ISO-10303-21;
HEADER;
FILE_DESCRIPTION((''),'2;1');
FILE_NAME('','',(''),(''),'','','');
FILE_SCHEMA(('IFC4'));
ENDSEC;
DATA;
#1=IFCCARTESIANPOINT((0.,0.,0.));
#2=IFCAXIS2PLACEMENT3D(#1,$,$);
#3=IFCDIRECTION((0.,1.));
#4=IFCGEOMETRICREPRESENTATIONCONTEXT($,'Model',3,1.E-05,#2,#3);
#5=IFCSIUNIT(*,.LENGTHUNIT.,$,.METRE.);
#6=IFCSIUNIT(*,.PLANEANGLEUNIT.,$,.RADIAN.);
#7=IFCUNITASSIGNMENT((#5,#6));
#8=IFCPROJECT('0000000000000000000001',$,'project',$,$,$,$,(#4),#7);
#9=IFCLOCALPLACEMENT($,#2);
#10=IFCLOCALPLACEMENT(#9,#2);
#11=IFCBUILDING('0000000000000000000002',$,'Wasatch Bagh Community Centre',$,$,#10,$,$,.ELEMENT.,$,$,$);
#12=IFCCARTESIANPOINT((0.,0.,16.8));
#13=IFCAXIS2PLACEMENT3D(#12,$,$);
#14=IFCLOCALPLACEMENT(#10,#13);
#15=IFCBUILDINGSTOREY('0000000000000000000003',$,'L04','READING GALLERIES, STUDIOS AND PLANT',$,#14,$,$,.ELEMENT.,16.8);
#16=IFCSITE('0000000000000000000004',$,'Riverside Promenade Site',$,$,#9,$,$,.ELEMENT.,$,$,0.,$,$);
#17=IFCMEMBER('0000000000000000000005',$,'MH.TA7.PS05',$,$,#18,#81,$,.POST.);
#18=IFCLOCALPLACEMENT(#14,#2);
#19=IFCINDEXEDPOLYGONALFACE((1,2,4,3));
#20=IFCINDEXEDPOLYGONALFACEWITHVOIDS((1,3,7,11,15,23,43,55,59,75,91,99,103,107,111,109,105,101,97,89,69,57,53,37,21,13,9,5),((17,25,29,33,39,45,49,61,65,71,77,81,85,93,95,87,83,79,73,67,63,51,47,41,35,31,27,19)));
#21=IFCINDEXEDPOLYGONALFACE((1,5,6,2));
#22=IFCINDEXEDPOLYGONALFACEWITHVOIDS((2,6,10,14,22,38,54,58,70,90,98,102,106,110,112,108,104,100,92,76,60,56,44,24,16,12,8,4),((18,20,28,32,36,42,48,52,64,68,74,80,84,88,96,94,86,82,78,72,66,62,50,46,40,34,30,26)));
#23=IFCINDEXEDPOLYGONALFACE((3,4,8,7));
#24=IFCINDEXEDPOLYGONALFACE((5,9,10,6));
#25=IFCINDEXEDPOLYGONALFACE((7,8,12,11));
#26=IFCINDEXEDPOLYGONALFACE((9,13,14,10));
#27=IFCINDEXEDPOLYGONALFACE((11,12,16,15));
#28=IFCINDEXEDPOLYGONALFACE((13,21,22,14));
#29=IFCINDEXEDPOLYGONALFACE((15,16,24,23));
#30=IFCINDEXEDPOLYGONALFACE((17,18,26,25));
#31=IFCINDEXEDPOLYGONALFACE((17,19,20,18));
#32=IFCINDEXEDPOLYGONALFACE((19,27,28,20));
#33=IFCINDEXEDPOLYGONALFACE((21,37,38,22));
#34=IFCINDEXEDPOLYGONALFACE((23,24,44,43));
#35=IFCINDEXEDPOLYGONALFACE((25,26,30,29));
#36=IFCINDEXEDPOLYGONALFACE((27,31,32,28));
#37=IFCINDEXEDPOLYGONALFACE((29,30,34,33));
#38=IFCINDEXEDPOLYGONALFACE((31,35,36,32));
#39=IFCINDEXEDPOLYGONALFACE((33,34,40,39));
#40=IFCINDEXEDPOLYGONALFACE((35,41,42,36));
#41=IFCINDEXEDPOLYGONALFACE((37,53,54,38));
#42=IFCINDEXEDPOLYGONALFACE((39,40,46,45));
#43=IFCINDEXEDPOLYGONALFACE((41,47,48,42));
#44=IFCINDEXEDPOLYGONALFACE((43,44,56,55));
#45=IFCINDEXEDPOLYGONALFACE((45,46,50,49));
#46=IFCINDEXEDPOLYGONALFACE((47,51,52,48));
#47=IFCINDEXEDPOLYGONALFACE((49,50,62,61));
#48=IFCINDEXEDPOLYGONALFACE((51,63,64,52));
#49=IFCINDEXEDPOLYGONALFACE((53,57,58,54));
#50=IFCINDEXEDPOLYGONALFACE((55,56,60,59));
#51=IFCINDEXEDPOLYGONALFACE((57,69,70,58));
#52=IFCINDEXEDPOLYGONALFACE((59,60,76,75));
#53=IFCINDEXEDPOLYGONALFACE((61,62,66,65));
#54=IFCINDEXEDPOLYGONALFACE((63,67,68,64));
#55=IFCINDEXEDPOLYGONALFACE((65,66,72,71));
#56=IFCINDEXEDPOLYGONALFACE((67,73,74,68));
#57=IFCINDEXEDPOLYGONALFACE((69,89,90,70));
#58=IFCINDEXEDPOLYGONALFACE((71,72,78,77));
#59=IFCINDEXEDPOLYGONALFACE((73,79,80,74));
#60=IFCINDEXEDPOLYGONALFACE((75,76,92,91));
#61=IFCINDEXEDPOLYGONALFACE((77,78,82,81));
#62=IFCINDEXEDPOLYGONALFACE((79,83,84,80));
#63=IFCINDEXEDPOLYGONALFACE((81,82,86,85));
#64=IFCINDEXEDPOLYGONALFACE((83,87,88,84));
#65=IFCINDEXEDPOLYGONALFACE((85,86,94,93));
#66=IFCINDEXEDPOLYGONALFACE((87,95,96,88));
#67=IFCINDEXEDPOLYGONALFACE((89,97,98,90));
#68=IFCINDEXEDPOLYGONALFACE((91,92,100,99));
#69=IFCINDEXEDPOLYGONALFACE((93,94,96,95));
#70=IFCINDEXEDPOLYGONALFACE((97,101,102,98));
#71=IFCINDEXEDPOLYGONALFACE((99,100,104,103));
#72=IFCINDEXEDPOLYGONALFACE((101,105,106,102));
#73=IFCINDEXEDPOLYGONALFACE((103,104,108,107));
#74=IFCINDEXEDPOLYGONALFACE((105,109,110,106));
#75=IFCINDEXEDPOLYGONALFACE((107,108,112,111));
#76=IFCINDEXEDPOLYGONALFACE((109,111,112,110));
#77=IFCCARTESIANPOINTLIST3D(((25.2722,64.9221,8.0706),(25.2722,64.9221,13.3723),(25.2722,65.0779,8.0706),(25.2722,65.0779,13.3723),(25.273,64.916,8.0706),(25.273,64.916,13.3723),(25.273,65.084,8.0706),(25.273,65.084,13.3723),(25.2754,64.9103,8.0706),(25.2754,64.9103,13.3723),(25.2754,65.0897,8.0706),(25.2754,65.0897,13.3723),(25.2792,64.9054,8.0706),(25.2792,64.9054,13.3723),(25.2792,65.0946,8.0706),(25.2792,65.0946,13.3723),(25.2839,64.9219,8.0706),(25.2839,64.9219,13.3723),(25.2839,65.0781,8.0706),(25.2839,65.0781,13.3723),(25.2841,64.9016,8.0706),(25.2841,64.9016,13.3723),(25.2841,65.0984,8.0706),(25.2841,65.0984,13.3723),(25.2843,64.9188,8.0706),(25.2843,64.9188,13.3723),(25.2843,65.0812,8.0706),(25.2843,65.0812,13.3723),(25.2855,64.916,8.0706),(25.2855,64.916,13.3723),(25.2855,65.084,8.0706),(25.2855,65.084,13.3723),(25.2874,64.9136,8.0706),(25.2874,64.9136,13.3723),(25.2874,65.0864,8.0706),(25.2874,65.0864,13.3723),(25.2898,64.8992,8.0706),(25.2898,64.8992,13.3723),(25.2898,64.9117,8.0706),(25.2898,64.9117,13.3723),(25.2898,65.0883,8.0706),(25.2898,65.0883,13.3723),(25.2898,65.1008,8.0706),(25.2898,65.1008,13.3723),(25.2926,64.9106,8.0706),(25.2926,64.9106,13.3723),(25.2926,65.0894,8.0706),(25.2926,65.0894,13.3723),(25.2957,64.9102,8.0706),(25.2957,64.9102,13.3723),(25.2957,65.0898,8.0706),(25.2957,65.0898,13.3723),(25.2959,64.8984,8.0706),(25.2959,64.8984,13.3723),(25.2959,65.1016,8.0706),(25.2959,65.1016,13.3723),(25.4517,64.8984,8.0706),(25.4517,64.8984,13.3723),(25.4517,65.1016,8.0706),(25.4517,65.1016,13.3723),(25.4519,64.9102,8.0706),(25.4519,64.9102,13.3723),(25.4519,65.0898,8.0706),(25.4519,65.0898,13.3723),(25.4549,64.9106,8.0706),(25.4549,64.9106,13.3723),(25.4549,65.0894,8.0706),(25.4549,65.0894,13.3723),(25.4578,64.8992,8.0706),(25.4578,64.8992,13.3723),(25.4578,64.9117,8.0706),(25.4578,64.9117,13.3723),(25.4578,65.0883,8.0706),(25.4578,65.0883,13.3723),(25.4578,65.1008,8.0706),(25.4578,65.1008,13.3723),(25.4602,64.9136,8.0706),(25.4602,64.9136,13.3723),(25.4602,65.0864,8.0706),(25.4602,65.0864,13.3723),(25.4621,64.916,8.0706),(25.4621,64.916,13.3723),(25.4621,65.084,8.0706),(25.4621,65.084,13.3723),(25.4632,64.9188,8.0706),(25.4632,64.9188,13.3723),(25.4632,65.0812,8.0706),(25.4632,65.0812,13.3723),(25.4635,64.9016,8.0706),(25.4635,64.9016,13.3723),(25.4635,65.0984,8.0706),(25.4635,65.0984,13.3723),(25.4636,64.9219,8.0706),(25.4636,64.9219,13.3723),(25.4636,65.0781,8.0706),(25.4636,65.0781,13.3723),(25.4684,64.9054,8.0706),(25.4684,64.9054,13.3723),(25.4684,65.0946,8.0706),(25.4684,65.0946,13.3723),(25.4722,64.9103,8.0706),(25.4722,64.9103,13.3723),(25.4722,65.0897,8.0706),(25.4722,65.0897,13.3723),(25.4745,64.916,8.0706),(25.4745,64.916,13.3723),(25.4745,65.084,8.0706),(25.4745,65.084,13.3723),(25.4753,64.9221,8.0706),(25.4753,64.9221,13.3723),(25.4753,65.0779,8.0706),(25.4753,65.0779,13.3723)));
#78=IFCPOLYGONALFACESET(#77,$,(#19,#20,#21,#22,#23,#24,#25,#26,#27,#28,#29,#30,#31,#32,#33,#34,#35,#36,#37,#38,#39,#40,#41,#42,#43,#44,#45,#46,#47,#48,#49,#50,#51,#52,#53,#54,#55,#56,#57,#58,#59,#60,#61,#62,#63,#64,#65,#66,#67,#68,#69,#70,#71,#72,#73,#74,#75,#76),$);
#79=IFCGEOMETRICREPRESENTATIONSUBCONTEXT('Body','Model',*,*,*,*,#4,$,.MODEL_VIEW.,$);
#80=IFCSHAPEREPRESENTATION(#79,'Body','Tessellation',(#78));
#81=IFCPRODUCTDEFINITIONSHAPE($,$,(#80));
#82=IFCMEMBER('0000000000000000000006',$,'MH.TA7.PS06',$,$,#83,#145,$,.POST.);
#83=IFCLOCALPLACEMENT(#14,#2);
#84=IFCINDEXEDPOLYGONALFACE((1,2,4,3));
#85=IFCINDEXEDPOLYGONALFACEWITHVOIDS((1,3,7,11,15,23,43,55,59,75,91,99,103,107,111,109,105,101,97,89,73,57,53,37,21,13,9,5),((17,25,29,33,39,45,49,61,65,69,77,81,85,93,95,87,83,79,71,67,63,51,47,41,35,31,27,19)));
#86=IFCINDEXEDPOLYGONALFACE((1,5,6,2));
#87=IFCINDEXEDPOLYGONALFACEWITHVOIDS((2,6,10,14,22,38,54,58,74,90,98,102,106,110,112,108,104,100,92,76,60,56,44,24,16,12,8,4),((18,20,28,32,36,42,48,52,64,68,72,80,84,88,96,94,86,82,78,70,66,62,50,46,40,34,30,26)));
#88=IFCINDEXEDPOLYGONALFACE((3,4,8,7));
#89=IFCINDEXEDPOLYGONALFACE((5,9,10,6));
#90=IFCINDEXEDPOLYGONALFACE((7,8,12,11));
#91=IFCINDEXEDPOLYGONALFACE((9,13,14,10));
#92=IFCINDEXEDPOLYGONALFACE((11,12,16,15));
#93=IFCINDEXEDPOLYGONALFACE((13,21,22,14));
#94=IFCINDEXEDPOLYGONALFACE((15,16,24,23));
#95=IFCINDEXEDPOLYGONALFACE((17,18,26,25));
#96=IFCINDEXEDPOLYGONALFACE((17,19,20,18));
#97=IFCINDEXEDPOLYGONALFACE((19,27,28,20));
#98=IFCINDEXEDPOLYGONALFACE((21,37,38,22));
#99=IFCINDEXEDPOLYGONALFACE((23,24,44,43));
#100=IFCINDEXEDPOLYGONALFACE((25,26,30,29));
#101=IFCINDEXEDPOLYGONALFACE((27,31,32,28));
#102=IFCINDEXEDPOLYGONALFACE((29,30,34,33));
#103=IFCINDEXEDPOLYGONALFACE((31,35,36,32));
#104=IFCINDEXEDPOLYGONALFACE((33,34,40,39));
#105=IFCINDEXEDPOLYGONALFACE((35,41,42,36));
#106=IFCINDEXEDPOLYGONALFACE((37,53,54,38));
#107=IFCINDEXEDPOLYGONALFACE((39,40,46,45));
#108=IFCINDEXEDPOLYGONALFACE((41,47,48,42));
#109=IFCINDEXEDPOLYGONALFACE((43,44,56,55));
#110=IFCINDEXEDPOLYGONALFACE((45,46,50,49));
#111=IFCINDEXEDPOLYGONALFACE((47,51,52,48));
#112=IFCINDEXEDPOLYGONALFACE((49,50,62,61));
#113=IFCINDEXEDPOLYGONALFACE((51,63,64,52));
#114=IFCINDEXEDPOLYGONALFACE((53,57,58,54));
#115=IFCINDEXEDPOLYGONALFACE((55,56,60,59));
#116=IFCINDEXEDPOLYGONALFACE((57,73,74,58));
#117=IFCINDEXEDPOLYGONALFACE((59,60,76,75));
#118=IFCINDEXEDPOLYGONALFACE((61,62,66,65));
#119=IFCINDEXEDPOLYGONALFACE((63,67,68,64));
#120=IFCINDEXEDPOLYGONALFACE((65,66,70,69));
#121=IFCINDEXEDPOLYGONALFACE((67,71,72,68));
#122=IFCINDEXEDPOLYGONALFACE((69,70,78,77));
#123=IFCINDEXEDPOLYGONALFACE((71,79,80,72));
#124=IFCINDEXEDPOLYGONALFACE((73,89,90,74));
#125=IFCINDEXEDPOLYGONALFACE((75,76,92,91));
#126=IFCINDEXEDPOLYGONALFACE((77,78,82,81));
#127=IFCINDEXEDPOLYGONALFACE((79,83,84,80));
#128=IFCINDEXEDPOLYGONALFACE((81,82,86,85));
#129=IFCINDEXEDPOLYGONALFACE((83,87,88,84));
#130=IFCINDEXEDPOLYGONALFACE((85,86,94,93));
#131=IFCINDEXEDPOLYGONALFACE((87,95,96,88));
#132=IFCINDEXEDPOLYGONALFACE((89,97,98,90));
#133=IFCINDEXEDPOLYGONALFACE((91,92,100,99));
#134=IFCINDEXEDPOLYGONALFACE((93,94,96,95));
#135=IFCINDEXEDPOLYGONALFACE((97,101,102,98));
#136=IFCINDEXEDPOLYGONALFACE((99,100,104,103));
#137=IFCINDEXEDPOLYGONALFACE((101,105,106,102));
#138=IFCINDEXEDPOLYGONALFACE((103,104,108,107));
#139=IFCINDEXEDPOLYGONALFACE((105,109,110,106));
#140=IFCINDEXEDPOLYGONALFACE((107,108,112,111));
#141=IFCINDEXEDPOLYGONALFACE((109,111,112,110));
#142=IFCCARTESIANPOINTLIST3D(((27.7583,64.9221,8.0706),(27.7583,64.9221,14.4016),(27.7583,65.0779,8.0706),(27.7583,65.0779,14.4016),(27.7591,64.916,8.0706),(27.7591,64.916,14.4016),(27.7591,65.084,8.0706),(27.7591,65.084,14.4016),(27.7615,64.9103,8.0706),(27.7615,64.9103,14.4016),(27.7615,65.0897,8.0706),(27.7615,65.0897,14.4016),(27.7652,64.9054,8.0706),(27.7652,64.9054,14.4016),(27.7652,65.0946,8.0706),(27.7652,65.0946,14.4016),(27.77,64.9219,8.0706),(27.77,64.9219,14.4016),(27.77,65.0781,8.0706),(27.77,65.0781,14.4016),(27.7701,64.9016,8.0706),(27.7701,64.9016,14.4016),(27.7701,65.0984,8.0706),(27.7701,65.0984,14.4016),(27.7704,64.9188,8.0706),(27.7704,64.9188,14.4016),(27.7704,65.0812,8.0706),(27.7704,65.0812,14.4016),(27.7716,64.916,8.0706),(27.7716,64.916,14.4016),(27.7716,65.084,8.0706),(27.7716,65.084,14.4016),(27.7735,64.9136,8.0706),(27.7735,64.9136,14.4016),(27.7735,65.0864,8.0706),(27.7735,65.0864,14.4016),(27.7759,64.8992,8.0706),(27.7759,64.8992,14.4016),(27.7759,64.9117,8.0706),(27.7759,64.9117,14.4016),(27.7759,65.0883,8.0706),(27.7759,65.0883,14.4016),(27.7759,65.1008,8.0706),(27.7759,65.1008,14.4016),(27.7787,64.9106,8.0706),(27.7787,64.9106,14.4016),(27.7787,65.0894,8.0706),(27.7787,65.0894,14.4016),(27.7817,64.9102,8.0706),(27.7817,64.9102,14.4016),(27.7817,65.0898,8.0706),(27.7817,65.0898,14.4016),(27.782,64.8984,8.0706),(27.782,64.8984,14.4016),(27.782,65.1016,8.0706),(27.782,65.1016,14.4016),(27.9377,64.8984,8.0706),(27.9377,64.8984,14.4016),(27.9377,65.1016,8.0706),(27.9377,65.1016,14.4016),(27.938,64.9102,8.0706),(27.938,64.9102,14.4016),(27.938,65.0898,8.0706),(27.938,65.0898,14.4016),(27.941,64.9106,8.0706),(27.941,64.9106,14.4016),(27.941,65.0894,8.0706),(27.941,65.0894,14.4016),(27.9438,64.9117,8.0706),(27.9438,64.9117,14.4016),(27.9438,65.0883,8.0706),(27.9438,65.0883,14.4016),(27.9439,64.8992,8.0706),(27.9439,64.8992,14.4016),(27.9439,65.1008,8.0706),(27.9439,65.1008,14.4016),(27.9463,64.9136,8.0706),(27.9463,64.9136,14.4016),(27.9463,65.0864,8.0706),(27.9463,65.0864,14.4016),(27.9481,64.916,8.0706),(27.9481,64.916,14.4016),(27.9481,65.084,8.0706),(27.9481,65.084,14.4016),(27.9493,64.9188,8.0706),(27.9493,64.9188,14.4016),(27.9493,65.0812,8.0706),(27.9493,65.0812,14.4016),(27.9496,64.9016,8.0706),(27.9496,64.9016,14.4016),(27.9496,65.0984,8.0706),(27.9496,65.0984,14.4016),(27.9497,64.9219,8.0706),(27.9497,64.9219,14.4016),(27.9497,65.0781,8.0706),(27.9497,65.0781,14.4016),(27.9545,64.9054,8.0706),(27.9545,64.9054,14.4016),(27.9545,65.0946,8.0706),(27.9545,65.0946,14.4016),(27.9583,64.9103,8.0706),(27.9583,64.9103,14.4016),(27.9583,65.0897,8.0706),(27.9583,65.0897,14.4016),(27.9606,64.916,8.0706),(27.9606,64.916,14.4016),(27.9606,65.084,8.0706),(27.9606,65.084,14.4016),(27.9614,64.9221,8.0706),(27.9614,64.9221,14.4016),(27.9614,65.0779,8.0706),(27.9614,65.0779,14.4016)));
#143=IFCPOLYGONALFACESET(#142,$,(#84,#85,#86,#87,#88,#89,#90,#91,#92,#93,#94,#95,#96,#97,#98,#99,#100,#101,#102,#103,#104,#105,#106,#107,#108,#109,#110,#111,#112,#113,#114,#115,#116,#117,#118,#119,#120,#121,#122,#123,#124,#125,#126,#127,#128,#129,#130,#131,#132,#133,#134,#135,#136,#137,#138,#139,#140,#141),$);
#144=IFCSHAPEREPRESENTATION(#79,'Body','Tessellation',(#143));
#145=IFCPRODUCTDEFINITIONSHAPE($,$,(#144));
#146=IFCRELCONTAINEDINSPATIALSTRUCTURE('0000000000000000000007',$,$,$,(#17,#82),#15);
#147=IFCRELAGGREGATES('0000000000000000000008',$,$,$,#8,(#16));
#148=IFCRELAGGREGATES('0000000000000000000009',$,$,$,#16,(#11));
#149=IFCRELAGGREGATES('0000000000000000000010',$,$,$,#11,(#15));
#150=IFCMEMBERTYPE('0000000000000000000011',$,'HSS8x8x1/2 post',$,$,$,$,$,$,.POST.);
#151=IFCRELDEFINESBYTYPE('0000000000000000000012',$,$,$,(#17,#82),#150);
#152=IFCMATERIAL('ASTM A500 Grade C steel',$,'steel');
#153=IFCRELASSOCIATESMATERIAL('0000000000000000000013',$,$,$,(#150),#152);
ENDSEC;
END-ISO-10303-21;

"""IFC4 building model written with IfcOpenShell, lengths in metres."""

from ifc_helpers import new_model, si_unit, direction, frame, origin, origin_2d, place, context, subcontext, project, spatial, hollow_rectangle, extrude, material, material_profile, profile_set, type_object, element, save


model = new_model("IFC4")

# Units and contexts
model_context = context("Model", 3, precision=1e-05, world=origin(), true_north=direction((0.0, 1.0)))
body_context = subcontext(model_context, "Body", "Model", "MODEL_VIEW")
ifc_project = project(units=[si_unit("LENGTHUNIT", "METRE"), si_unit("PLANEANGLEUNIT", "RADIAN")], contexts=[model_context])

# Site, building, storey
site_placement = place(None, origin())
site = spatial("IfcSite", under=ifc_project, at=site_placement, Name="Riverside Promenade Site", CompositionType="ELEMENT", RefElevation=0.0)
building_placement = place(site_placement, origin())
building = spatial("IfcBuilding", under=site, at=building_placement, Name="Wasatch Bagh Community Centre", CompositionType="ELEMENT")
storey_placement = place(building_placement, frame((0.0, 0.0, 16.8)))
storey = spatial("IfcBuildingStorey", under=building, at=storey_placement, Name="L04", Description="READING GALLERIES, STUDIOS AND PLANT", CompositionType="ELEMENT", Elevation=16.8)

# Members
ifc_material_1 = material(Name="ASTM A500 Grade C steel", Category="steel")
ifc_material_profile_1 = material_profile(ifc_material_1, hollow_rectangle(XDim=0.2031, YDim=0.2031, WallThickness=0.0117, InnerFilletRadius=0.0117, OuterFilletRadius=0.0237, at=origin_2d()), Name="HSS8x8x1/2")
ifc_profile_set_1 = profile_set([ifc_material_profile_1], Name="ASTM A500 Grade C steel")
member_type_1 = type_object("IfcMemberType", Name="HSS8x8x1/2 post", PredefinedType="POST", material=ifc_profile_set_1)
member_1_placement = place(storey_placement, frame((25.3738, 65.0, 8.0706), z_axis=(0.0, 0.0, 1.0), x_axis=(1.0, 0.0, 0.0)))
element("IfcMember", 1, at=member_1_placement, inside=storey, type_object=member_type_1, Name="MH.TA7.PS05", PredefinedType="POST", context=body_context, shape_type="SweptSolid", body=[
    extrude(hollow_rectangle(XDim=0.2031, YDim=0.2031, WallThickness=0.0117, InnerFilletRadius=0.0117, OuterFilletRadius=0.0237, at=origin_2d()), origin(), (0.0, 0.0, 1.0), 5.3018),
])
member_2_placement = place(storey_placement, frame((27.8599, 65.0, 8.0706), z_axis=(0.0, 0.0, 1.0), x_axis=(1.0, 0.0, 0.0)))
element("IfcMember", 2, at=member_2_placement, inside=storey, type_object=member_type_1, Name="MH.TA7.PS06", PredefinedType="POST", context=body_context, shape_type="SweptSolid", body=[
    extrude(hollow_rectangle(XDim=0.2031, YDim=0.2031, WallThickness=0.0117, InnerFilletRadius=0.0117, OuterFilletRadius=0.0237, at=origin_2d()), origin(), (0.0, 0.0, 1.0), 6.3311),
])

save(model, "model.ifc")
